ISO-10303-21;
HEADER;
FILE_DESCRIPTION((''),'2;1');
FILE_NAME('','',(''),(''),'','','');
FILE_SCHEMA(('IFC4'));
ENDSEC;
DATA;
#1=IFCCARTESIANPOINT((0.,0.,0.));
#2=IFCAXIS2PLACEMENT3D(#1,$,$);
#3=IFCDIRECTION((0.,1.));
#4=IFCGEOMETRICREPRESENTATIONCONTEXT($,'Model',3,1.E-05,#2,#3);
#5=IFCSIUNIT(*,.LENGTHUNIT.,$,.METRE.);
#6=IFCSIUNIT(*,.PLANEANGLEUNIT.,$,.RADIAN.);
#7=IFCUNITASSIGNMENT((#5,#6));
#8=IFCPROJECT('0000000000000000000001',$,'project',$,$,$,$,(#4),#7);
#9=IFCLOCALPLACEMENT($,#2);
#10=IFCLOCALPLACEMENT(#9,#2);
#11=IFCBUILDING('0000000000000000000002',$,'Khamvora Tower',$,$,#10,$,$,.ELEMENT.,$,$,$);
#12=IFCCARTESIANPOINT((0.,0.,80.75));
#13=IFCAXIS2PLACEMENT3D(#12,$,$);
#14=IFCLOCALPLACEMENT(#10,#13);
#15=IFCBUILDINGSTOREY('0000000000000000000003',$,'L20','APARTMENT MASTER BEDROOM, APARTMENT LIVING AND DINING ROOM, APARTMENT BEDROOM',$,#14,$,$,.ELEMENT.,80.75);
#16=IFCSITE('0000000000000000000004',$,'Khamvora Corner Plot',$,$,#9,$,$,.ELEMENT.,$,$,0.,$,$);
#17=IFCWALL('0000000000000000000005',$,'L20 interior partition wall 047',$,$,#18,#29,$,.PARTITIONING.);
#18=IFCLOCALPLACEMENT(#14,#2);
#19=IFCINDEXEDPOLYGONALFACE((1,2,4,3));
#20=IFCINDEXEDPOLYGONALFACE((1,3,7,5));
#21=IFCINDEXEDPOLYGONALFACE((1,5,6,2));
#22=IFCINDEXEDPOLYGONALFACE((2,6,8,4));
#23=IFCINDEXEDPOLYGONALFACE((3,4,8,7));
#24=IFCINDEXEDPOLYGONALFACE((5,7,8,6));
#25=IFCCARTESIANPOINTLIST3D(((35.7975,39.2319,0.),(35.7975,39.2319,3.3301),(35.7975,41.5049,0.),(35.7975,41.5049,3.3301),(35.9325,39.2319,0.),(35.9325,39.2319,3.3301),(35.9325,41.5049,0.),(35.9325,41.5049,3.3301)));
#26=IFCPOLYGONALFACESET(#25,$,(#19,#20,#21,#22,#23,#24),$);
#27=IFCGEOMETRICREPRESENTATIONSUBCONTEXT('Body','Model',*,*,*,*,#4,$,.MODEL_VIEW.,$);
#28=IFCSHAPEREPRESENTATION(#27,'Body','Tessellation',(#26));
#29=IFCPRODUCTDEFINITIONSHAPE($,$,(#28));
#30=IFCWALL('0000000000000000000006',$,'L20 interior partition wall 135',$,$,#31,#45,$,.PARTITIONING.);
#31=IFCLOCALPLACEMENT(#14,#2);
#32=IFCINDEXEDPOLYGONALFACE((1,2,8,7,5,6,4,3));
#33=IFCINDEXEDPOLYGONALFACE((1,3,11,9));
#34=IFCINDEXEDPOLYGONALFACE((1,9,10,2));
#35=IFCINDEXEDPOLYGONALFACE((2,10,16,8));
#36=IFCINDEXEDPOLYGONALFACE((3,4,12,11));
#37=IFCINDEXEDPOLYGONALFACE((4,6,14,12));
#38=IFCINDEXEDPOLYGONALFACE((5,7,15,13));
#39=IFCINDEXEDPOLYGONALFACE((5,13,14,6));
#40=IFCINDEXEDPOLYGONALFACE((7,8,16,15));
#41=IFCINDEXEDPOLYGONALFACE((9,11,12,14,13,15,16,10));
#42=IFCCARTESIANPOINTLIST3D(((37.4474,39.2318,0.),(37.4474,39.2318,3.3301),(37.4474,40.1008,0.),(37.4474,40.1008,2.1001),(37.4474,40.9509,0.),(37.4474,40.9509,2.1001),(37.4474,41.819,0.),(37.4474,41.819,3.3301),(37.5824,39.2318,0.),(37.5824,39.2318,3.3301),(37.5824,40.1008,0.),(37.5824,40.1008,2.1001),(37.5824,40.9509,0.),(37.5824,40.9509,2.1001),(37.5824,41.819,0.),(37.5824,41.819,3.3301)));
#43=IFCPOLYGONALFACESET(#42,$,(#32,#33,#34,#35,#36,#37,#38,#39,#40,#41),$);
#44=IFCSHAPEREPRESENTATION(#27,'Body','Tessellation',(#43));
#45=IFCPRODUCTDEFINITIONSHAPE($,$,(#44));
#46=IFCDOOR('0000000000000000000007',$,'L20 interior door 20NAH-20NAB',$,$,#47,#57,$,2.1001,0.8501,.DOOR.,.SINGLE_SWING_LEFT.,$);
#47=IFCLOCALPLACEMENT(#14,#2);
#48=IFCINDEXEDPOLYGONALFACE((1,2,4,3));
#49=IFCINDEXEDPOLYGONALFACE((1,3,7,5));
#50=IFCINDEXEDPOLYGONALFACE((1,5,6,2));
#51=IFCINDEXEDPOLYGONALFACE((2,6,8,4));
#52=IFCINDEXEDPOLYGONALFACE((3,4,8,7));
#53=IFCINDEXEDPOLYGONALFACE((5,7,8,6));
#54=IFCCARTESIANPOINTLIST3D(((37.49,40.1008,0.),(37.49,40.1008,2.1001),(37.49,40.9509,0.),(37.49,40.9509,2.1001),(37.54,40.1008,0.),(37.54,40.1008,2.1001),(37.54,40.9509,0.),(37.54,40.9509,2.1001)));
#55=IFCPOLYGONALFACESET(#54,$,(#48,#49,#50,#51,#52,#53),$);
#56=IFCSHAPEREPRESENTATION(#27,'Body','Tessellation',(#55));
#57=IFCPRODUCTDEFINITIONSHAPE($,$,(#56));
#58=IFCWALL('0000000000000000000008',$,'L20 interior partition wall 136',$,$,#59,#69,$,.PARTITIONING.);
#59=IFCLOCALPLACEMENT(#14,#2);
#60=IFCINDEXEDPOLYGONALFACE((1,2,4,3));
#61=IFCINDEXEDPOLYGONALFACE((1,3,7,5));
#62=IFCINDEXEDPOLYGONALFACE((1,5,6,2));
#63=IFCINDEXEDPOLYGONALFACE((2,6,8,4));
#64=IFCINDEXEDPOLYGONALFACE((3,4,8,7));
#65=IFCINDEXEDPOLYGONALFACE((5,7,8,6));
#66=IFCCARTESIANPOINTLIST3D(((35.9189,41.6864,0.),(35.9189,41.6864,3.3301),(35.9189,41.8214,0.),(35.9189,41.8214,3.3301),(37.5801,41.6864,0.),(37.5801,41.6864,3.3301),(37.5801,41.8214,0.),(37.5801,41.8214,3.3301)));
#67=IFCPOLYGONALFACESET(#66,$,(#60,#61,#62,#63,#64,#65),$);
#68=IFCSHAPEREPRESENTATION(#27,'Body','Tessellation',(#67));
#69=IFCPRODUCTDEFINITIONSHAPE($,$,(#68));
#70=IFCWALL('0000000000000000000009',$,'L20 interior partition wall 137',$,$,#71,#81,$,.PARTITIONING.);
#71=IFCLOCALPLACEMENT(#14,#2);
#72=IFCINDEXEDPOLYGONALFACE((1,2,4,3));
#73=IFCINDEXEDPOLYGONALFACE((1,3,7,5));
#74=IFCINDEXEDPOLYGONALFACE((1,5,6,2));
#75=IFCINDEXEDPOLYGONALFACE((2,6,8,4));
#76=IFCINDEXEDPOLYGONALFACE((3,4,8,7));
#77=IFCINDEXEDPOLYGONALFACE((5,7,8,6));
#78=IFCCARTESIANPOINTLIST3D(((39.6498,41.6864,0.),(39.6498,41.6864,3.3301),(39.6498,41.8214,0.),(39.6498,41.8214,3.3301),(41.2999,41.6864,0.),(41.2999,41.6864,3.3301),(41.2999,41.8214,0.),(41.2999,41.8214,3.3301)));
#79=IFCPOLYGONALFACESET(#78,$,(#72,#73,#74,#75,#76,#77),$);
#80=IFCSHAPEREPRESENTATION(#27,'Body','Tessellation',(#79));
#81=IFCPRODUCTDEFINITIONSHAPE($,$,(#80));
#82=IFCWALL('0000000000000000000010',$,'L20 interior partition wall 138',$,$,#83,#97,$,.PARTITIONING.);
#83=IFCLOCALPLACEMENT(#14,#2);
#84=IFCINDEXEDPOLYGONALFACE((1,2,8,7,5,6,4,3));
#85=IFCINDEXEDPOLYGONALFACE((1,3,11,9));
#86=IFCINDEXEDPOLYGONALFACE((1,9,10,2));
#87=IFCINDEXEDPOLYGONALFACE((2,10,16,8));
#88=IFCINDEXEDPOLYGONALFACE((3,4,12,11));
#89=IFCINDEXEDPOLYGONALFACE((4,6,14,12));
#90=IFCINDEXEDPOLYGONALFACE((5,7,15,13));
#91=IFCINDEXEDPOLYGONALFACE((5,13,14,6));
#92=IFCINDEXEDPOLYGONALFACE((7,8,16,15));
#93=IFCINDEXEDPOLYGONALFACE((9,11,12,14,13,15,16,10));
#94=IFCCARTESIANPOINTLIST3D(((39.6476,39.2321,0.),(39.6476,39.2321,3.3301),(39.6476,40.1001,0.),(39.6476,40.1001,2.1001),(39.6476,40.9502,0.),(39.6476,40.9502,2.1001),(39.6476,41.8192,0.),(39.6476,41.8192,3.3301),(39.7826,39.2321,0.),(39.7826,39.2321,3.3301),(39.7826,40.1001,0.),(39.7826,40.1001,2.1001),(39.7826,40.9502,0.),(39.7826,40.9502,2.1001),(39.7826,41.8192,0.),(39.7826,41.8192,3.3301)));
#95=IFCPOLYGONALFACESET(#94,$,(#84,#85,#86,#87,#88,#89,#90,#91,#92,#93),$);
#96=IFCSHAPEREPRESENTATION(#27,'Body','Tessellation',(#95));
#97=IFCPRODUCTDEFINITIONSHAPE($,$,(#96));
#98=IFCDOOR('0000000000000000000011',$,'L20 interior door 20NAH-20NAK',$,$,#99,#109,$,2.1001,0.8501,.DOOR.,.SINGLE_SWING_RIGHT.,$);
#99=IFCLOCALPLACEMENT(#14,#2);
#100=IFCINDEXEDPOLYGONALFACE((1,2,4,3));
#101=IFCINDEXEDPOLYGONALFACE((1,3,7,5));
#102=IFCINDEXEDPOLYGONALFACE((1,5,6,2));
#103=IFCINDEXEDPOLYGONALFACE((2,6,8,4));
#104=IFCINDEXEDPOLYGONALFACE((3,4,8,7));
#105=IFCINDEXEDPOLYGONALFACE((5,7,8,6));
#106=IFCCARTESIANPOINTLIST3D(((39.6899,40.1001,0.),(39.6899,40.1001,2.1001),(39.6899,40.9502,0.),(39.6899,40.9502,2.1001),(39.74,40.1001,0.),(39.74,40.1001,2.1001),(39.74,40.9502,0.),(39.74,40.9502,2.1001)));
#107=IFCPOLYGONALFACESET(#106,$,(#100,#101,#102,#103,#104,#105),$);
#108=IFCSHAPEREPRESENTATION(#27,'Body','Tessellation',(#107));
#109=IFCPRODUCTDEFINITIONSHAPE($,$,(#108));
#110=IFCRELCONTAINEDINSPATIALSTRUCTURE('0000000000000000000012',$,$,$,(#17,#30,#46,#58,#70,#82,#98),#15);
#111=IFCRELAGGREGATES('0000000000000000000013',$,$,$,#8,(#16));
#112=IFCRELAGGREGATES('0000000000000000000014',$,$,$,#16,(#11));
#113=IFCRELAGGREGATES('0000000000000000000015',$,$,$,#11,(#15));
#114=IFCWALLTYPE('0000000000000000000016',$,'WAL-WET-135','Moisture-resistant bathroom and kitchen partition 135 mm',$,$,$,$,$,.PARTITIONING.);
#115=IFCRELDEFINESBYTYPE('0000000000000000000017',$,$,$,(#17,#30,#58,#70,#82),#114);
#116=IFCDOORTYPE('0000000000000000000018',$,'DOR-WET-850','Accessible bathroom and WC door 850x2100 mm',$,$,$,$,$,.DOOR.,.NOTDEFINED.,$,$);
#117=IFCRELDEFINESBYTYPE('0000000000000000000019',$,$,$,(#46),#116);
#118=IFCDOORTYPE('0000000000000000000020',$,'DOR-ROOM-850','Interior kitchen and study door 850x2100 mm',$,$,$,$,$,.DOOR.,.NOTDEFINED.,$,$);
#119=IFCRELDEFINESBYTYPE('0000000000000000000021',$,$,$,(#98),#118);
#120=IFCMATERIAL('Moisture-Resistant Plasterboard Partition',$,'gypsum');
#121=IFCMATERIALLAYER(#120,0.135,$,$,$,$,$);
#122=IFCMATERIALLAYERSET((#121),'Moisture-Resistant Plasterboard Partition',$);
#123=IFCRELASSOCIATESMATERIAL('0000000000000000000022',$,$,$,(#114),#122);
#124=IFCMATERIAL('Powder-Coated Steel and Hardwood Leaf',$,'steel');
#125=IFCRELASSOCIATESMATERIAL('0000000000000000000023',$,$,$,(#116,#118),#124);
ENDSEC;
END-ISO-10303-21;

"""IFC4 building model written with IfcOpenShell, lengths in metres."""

from ifc_helpers import new_model, si_unit, direction, frame, frame_2d, origin, place, context, subcontext, project, spatial, rectangle, extrude, material, layer, layer_set, type_object, element, fill, save


model = new_model("IFC4")

# Units and contexts
model_context = context("Model", 3, precision=1e-05, world=origin(), true_north=direction((0.0, 1.0)))
body_context = subcontext(model_context, "Body", "Model", "MODEL_VIEW")
ifc_project = project(units=[si_unit("LENGTHUNIT", "METRE"), si_unit("PLANEANGLEUNIT", "RADIAN")], contexts=[model_context])

# Site, building, storey
site_placement = place(None, origin())
site = spatial("IfcSite", under=ifc_project, at=site_placement, Name="Khamvora Corner Plot", CompositionType="ELEMENT", RefElevation=0.0)
building_placement = place(site_placement, origin())
building = spatial("IfcBuilding", under=site, at=building_placement, Name="Khamvora Tower", CompositionType="ELEMENT")
storey_placement = place(building_placement, frame((0.0, 0.0, 80.75)))
storey = spatial("IfcBuildingStorey", under=building, at=storey_placement, Name="L20", Description="APARTMENT MASTER BEDROOM, APARTMENT LIVING AND DINING ROOM, APARTMENT BEDROOM", CompositionType="ELEMENT", Elevation=80.75)

# Shared definitions
ifc_material_1 = material(Name="Powder-Coated Steel and Hardwood Leaf", Category="steel")

# Wall
ifc_material_2 = material(Name="Moisture-Resistant Plasterboard Partition", Category="gypsum")
ifc_layer_1 = layer(ifc_material_2, 0.135)
ifc_layer_set_1 = layer_set([ifc_layer_1], Name="Moisture-Resistant Plasterboard Partition")
wall_type_1 = type_object("IfcWallType", Name="WAL-WET-135", Description="Moisture-resistant bathroom and kitchen partition 135 mm", PredefinedType="PARTITIONING", material=ifc_layer_set_1)
wall_1_placement = place(storey_placement, frame((35.865, 41.5049, 0.0), z_axis=(0.0, 0.0, 1.0), x_axis=(0.0, -1.0, 0.0)))
element("IfcWall", 1, at=wall_1_placement, inside=storey, type_object=wall_type_1, Name="L20 interior partition wall 047", PredefinedType="PARTITIONING", context=body_context, shape_type="SweptSolid", body=[
    extrude(rectangle(XDim=2.2729, YDim=0.135, at=frame_2d((1.1365, 0.0))), origin(), (0.0, 0.0, 1.0), 3.3301),
])

# Wall, opening, door
wall_2_placement = place(storey_placement, frame((37.5149, 39.2319, 0.0), z_axis=(0.0, 0.0, 1.0), x_axis=(0.0, 1.0, 0.0)))
wall_2 = element("IfcWall", 2, at=wall_2_placement, inside=storey, type_object=wall_type_1, Name="L20 interior partition wall 135", PredefinedType="PARTITIONING", context=body_context, shape_type="SweptSolid", body=[
    extrude(rectangle(XDim=2.5872, YDim=0.135, at=frame_2d((1.2935, 0.0))), origin(), (0.0, 0.0, 1.0), 3.3301),
])
opening_1_placement = place(wall_2_placement, frame((0.8689, 0.0, 0.0)))
opening_1 = element("IfcOpeningElement", 3, at=opening_1_placement, cuts=wall_2, PredefinedType="OPENING", context=body_context, shape_type="SweptSolid", body=[
    extrude(rectangle(XDim=0.8501, YDim=2.1001, at=frame_2d((0.425, 1.05))), frame((0.0, 0.0774, 0.0), z_axis=(0.0, -1.0, 0.0), x_axis=(1.0, 0.0, 0.0)), (0.0, 0.0, 1.0), 0.155),
])
door_type_1 = type_object("IfcDoorType", Name="DOR-WET-850", Description="Accessible bathroom and WC door 850x2100 mm", OperationType="NOTDEFINED", PredefinedType="DOOR", material=ifc_material_1)
door_1_placement = place(opening_1_placement, origin())
door_1 = element("IfcDoor", 4, at=door_1_placement, inside=storey, type_object=door_type_1, Name="L20 interior door 20NAH-20NAB", OperationType="SINGLE_SWING_LEFT", OverallHeight=2.1001, OverallWidth=0.8501, PredefinedType="DOOR", context=body_context, shape_type="SweptSolid", body=[
    extrude(rectangle(XDim=0.8501, YDim=2.1001, at=frame_2d((0.425, 1.05))), frame((0.0, 0.0249, 0.0), z_axis=(0.0, -1.0, 0.0), x_axis=(1.0, 0.0, 0.0)), (0.0, 0.0, 1.0), 0.05),
])
fill(opening_1, door_1)

# Walls
wall_3_placement = place(storey_placement, frame((37.5801, 41.7539, 0.0), z_axis=(0.0, 0.0, 1.0), x_axis=(-1.0, 0.0, 0.0)))
element("IfcWall", 5, at=wall_3_placement, inside=storey, type_object=wall_type_1, Name="L20 interior partition wall 136", PredefinedType="PARTITIONING", context=body_context, shape_type="SweptSolid", body=[
    extrude(rectangle(XDim=1.6611, YDim=0.135, at=frame_2d((0.8306, 0.0))), origin(), (0.0, 0.0, 1.0), 3.3301),
])
wall_4_placement = place(storey_placement, frame((41.3, 41.7539, 0.0), z_axis=(0.0, 0.0, 1.0), x_axis=(-1.0, 0.0, 0.0)))
element("IfcWall", 6, at=wall_4_placement, inside=storey, type_object=wall_type_1, Name="L20 interior partition wall 137", PredefinedType="PARTITIONING", context=body_context, shape_type="SweptSolid", body=[
    extrude(rectangle(XDim=1.6501, YDim=0.135, at=frame_2d((0.8252, 0.0))), origin(), (0.0, 0.0, 1.0), 3.3301),
])

# Wall, opening, door
wall_5_placement = place(storey_placement, frame((39.7151, 41.8191, 0.0), z_axis=(0.0, 0.0, 1.0), x_axis=(0.0, -1.0, 0.0)))
wall_5 = element("IfcWall", 7, at=wall_5_placement, inside=storey, type_object=wall_type_1, Name="L20 interior partition wall 138", PredefinedType="PARTITIONING", context=body_context, shape_type="SweptSolid", body=[
    extrude(rectangle(XDim=2.5872, YDim=0.135, at=frame_2d((1.2935, 0.0))), origin(), (0.0, 0.0, 1.0), 3.3301),
])
opening_2_placement = place(wall_5_placement, frame((0.8689, 0.0, 0.0)))
opening_2 = element("IfcOpeningElement", 8, at=opening_2_placement, cuts=wall_5, PredefinedType="OPENING", context=body_context, shape_type="SweptSolid", body=[
    extrude(rectangle(XDim=0.8501, YDim=2.1001, at=frame_2d((0.425, 1.05))), frame((0.0, 0.0774, 0.0), z_axis=(0.0, -1.0, 0.0), x_axis=(1.0, 0.0, 0.0)), (0.0, 0.0, 1.0), 0.155),
])
door_type_2 = type_object("IfcDoorType", Name="DOR-ROOM-850", Description="Interior kitchen and study door 850x2100 mm", OperationType="NOTDEFINED", PredefinedType="DOOR", material=ifc_material_1)
door_2_placement = place(opening_2_placement, origin())
door_2 = element("IfcDoor", 9, at=door_2_placement, inside=storey, type_object=door_type_2, Name="L20 interior door 20NAH-20NAK", OperationType="SINGLE_SWING_RIGHT", OverallHeight=2.1001, OverallWidth=0.8501, PredefinedType="DOOR", context=body_context, shape_type="SweptSolid", body=[
    extrude(rectangle(XDim=0.8501, YDim=2.1001, at=frame_2d((0.425, 1.05))), frame((0.0, 0.0249, 0.0), z_axis=(0.0, -1.0, 0.0), x_axis=(1.0, 0.0, 0.0)), (0.0, 0.0, 1.0), 0.05),
])
fill(opening_2, door_2)

save(model, "model.ifc")
